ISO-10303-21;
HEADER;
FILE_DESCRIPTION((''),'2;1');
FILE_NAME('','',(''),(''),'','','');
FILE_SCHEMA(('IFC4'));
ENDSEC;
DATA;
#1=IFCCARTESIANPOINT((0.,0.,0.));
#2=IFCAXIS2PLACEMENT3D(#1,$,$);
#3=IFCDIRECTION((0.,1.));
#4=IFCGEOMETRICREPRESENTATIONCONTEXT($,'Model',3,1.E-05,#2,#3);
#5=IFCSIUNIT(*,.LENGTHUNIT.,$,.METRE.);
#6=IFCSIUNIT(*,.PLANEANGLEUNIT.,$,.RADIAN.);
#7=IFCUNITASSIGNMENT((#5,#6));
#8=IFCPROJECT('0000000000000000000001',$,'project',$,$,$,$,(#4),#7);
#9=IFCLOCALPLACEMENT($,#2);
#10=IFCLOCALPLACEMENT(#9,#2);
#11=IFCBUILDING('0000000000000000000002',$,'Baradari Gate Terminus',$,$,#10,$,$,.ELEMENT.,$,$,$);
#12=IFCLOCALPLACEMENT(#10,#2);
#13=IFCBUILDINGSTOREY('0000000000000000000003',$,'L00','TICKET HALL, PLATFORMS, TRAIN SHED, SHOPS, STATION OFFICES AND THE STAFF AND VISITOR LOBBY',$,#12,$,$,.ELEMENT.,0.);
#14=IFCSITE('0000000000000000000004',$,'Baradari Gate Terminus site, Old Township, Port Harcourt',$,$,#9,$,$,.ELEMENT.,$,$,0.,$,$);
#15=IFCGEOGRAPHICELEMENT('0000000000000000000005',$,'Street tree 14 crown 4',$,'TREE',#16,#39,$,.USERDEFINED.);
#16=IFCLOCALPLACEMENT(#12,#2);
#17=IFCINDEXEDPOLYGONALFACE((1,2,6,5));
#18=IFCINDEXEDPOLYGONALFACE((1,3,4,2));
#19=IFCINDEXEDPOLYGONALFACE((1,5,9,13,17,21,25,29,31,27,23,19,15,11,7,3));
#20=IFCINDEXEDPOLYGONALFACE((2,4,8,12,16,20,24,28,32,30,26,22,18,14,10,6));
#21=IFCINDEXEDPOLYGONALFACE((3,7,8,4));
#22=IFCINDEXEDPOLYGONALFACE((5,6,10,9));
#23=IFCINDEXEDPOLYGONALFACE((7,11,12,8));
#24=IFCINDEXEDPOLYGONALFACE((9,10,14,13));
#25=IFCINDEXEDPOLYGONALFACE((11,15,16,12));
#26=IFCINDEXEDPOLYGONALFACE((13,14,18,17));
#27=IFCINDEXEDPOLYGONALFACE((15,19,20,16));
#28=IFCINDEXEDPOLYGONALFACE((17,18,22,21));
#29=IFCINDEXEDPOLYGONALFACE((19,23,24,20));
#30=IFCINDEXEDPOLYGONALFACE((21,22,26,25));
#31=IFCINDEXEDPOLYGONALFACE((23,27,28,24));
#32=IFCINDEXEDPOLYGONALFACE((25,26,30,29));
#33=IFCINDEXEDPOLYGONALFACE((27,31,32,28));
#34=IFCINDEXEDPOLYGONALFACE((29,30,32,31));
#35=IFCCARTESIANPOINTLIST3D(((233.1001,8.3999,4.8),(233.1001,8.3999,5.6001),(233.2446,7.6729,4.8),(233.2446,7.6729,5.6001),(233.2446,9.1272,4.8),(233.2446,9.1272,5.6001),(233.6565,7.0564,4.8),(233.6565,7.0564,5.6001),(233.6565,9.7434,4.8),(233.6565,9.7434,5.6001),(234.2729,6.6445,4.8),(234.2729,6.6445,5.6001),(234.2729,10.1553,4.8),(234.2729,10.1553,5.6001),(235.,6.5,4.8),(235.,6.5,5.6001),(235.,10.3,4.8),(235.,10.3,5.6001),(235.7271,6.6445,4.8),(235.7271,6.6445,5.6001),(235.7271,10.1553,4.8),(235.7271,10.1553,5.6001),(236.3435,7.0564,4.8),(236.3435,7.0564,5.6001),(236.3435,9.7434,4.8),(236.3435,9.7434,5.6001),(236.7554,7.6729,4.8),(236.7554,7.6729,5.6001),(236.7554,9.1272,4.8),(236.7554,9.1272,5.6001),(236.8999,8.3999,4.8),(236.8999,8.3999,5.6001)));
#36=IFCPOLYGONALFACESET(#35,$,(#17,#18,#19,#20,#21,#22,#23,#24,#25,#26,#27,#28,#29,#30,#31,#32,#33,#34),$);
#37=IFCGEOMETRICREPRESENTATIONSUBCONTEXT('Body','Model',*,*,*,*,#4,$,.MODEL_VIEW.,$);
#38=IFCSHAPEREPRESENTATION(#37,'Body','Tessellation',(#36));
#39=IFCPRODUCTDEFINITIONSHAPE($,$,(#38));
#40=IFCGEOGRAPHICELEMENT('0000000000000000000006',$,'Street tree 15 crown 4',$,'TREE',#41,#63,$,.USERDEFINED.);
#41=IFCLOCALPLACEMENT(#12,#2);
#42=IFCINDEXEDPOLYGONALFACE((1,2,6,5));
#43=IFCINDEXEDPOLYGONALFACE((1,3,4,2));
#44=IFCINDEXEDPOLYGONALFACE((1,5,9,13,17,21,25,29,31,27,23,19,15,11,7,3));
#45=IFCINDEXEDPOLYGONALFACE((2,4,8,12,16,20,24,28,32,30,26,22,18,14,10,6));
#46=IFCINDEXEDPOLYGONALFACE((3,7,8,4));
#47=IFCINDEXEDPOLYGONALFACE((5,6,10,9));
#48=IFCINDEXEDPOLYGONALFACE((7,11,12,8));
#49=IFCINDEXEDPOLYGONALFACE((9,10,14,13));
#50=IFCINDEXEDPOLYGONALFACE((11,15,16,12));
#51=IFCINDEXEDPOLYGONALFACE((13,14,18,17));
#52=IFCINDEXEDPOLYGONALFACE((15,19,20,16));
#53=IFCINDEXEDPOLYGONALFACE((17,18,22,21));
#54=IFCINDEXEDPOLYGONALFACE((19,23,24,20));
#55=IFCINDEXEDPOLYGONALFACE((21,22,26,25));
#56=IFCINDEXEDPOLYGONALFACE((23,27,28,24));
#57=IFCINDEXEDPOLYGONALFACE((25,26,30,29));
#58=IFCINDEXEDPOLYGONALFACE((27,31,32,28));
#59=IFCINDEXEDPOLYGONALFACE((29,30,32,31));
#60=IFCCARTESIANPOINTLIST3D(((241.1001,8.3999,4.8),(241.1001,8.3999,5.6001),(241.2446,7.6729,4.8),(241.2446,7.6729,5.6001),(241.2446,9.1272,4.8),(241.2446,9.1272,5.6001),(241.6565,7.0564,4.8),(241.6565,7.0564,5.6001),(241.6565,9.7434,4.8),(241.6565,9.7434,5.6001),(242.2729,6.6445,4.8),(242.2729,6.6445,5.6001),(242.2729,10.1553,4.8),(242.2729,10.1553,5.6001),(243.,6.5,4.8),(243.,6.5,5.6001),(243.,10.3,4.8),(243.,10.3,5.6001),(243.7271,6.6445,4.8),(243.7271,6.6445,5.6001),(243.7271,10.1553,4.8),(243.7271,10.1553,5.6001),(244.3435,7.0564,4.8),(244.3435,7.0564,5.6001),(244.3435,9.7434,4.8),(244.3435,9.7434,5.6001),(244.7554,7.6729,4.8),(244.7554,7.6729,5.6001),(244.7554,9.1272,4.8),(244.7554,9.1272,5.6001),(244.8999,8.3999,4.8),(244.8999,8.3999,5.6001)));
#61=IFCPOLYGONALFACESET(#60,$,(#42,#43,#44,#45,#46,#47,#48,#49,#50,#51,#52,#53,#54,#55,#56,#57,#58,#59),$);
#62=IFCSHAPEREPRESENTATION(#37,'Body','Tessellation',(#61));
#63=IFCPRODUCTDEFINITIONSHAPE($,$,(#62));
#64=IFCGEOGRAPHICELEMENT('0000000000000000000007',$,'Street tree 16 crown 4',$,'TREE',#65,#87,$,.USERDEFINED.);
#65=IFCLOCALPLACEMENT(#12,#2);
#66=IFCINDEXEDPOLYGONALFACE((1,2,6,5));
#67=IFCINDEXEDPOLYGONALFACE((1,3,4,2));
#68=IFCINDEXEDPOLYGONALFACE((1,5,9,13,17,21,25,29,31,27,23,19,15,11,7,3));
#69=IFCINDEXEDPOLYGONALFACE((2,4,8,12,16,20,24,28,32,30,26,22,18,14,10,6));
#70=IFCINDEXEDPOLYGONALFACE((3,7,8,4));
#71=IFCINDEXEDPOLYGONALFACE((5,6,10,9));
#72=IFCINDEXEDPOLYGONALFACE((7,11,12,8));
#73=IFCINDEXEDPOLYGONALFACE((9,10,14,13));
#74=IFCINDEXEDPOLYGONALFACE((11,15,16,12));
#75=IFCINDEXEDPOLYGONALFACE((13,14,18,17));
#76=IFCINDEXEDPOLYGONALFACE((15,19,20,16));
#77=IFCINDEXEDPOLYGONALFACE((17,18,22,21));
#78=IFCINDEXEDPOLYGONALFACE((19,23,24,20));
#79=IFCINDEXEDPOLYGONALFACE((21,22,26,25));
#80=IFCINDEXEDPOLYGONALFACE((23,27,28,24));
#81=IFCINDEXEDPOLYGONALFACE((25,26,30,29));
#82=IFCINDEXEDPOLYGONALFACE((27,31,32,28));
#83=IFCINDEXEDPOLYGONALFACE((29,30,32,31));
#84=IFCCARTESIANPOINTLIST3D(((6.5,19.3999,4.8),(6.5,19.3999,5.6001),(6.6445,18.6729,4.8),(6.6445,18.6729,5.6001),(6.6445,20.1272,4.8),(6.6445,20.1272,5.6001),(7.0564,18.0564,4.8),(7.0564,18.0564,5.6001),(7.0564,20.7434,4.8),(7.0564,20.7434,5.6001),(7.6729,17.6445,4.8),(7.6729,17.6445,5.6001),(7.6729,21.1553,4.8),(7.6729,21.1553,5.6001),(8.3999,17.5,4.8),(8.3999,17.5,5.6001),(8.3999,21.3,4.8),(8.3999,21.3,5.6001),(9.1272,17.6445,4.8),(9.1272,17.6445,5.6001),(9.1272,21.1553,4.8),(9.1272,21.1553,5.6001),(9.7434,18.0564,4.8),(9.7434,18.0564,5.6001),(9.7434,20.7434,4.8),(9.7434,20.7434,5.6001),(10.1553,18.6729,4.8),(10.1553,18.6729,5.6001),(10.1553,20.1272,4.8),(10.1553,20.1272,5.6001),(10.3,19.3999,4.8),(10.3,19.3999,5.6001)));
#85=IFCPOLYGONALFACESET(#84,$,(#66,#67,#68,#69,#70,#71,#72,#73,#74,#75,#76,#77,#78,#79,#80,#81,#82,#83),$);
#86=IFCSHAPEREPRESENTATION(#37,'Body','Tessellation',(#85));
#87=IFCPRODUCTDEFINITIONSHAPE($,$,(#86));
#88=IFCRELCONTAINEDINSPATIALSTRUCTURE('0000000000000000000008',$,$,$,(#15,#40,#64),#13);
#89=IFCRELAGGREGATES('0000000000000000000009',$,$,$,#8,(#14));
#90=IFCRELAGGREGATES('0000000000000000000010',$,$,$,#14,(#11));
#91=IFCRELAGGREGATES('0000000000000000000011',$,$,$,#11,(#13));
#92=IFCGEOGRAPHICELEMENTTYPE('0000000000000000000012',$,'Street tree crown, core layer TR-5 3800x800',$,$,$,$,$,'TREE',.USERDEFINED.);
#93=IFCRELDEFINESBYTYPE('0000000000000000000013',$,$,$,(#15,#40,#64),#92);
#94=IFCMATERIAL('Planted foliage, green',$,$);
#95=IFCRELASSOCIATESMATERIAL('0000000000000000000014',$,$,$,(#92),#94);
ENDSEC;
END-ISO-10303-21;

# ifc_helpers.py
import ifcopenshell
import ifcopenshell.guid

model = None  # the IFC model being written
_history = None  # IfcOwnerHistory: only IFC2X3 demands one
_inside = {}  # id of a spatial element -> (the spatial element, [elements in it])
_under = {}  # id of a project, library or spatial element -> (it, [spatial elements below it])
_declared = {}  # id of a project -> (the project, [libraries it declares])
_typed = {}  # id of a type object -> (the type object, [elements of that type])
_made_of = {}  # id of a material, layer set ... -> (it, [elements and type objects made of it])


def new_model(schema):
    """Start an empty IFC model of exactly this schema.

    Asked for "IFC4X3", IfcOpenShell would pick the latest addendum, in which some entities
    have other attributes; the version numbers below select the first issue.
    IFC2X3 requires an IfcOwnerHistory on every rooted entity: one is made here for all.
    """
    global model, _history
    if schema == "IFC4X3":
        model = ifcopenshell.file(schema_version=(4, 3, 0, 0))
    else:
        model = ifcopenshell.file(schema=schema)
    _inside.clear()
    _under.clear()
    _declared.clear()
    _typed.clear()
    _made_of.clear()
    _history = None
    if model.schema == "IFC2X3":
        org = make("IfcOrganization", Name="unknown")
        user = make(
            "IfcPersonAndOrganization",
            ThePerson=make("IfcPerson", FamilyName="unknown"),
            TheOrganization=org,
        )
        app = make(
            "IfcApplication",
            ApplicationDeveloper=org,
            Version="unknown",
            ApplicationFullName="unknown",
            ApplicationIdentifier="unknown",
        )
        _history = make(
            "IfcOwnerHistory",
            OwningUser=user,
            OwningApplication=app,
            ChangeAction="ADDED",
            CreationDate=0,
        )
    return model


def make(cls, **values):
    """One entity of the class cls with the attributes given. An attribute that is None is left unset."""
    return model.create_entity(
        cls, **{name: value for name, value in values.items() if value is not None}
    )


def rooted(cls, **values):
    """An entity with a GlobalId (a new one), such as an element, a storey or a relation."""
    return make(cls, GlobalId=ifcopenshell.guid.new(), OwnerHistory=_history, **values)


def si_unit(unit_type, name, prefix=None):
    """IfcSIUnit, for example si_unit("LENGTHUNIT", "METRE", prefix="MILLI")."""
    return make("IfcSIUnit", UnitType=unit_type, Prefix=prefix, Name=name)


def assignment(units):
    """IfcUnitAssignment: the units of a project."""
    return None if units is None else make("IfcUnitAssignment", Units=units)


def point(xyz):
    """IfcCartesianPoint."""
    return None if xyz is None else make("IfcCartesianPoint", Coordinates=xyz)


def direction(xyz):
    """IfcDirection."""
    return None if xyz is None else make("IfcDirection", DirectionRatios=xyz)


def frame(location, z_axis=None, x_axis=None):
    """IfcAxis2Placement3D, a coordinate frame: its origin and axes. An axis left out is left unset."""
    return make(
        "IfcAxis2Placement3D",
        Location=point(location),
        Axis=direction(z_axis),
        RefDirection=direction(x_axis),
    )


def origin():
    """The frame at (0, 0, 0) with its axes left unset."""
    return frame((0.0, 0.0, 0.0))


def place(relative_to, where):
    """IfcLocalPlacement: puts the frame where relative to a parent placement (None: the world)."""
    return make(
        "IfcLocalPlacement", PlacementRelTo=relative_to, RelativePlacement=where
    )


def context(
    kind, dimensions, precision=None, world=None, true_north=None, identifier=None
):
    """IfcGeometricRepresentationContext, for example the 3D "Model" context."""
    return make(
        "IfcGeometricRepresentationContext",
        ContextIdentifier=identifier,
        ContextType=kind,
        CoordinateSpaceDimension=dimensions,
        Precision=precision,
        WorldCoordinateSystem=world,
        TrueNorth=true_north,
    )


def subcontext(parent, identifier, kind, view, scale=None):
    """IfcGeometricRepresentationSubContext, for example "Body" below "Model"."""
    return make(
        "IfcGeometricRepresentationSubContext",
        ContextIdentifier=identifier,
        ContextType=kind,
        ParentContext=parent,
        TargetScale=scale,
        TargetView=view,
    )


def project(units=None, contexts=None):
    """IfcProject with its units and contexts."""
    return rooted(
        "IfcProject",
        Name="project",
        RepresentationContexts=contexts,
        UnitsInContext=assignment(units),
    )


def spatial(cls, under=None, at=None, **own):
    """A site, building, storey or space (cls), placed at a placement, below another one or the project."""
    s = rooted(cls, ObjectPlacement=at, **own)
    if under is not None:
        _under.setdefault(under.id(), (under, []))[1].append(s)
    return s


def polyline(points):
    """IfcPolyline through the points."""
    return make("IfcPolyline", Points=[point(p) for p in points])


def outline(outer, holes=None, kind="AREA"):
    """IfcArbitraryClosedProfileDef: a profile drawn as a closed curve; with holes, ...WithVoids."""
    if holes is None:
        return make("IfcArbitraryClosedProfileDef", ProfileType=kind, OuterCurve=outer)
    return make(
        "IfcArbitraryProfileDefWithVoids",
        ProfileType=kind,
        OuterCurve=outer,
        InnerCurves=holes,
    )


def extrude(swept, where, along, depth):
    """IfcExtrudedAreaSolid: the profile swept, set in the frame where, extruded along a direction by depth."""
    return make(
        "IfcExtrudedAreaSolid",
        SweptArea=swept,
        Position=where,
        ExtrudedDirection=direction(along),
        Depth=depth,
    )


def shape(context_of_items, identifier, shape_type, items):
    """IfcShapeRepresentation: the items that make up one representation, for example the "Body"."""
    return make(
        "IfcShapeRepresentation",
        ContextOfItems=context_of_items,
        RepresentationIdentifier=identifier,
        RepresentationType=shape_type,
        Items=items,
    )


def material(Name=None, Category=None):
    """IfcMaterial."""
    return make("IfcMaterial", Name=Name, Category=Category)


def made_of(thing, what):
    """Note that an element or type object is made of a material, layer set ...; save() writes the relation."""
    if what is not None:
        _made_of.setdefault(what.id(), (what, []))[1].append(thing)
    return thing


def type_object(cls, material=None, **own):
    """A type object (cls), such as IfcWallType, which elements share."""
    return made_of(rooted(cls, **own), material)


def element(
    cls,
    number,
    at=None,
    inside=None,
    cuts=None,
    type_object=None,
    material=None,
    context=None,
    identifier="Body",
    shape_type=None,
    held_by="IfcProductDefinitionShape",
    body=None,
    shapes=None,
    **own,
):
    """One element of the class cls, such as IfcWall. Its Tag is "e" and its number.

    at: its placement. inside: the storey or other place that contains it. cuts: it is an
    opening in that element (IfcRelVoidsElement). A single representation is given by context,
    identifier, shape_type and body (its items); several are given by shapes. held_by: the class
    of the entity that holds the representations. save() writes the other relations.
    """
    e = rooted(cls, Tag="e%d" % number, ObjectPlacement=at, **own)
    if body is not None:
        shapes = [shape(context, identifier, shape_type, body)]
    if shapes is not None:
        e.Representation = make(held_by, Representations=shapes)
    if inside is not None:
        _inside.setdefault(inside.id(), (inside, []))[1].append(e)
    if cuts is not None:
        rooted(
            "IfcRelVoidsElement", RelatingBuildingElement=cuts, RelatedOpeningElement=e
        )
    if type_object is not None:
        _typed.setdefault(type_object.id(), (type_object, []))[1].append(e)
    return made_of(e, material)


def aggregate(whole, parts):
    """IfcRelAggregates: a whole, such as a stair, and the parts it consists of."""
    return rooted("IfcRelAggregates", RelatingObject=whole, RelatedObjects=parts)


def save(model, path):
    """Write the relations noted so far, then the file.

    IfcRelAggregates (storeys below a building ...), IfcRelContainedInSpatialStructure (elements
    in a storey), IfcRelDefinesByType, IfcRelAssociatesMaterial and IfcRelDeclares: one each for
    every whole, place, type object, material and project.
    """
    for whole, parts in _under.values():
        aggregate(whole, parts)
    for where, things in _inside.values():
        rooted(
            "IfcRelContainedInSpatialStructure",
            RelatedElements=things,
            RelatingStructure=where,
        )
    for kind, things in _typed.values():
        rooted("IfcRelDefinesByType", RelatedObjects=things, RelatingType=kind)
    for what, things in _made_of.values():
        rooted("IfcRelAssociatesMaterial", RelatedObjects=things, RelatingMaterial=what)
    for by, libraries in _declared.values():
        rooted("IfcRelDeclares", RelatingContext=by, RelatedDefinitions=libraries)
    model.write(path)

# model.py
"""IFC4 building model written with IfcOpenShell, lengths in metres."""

from ifc_helpers import new_model, si_unit, direction, frame, origin, place, context, subcontext, project, spatial, polyline, outline, extrude, material, type_object, element, save


model = new_model("IFC4")

# Units and contexts
model_context = context("Model", 3, precision=1e-05, world=origin(), true_north=direction((0.0, 1.0)))
body_context = subcontext(model_context, "Body", "Model", "MODEL_VIEW")
ifc_project = project(units=[si_unit("LENGTHUNIT", "METRE"), si_unit("PLANEANGLEUNIT", "RADIAN")], contexts=[model_context])

# Site, building, storey
site_placement = place(None, origin())
site = spatial("IfcSite", under=ifc_project, at=site_placement, Name="Baradari Gate Terminus site, Old Township, Port Harcourt", CompositionType="ELEMENT", RefElevation=0.0)
building_placement = place(site_placement, origin())
building = spatial("IfcBuilding", under=site, at=building_placement, Name="Baradari Gate Terminus", CompositionType="ELEMENT")
storey_placement = place(building_placement, origin())
storey = spatial("IfcBuildingStorey", under=building, at=storey_placement, Name="L00", Description="TICKET HALL, PLATFORMS, TRAIN SHED, SHOPS, STATION OFFICES AND THE STAFF AND VISITOR LOBBY", CompositionType="ELEMENT", Elevation=0.0)

# Geographic elements
ifc_material_1 = material(Name="Planted foliage, green")
geographic_element_type_1 = type_object("IfcGeographicElementType", Name="Street tree crown, core layer TR-5 3800x800", ElementType="TREE", PredefinedType="USERDEFINED", material=ifc_material_1)
geographic_element_1_placement = place(storey_placement, frame((0.0, 0.0, 4.8)))
element("IfcGeographicElement", 1, at=geographic_element_1_placement, inside=storey, type_object=geographic_element_type_1, Name="Street tree 14 crown 4", ObjectType="TREE", PredefinedType="USERDEFINED", context=body_context, shape_type="SweptSolid", body=[
    extrude(outline(polyline([(236.8999, 8.3999), (236.7554, 9.1272), (236.3435, 9.7434), (235.7271, 10.1553), (235.0, 10.3), (234.2729, 10.1553), (233.6565, 9.7434), (233.2446, 9.1272), (233.1001, 8.3999), (233.2446, 7.6729), (233.6565, 7.0564), (234.2729, 6.6445), (235.0, 6.5), (235.7271, 6.6445), (236.3435, 7.0564), (236.7554, 7.6729), (236.8999, 8.3999)])), origin(), (0.0, 0.0, 1.0), 0.8),
])
geographic_element_2_placement = place(storey_placement, frame((0.0, 0.0, 4.8)))
element("IfcGeographicElement", 2, at=geographic_element_2_placement, inside=storey, type_object=geographic_element_type_1, Name="Street tree 15 crown 4", ObjectType="TREE", PredefinedType="USERDEFINED", context=body_context, shape_type="SweptSolid", body=[
    extrude(outline(polyline([(244.8999, 8.3999), (244.7554, 9.1272), (244.3435, 9.7434), (243.7271, 10.1553), (243.0, 10.3), (242.2729, 10.1553), (241.6565, 9.7434), (241.2446, 9.1272), (241.1001, 8.3999), (241.2446, 7.6729), (241.6565, 7.0564), (242.2729, 6.6445), (243.0, 6.5), (243.7271, 6.6445), (244.3435, 7.0564), (244.7554, 7.6729), (244.8999, 8.3999)])), origin(), (0.0, 0.0, 1.0), 0.8),
])
geographic_element_3_placement = place(storey_placement, frame((0.0, 0.0, 4.8)))
element("IfcGeographicElement", 3, at=geographic_element_3_placement, inside=storey, type_object=geographic_element_type_1, Name="Street tree 16 crown 4", ObjectType="TREE", PredefinedType="USERDEFINED", context=body_context, shape_type="SweptSolid", body=[
    extrude(outline(polyline([(10.3, 19.3999), (10.1553, 20.1272), (9.7434, 20.7434), (9.1272, 21.1553), (8.3999, 21.3), (7.6729, 21.1553), (7.0564, 20.7434), (6.6445, 20.1272), (6.5, 19.3999), (6.6445, 18.6729), (7.0564, 18.0564), (7.6729, 17.6445), (8.3999, 17.5), (9.1272, 17.6445), (9.7434, 18.0564), (10.1553, 18.6729), (10.3, 19.3999)])), origin(), (0.0, 0.0, 1.0), 0.8),
])

save(model, "model.ifc")
